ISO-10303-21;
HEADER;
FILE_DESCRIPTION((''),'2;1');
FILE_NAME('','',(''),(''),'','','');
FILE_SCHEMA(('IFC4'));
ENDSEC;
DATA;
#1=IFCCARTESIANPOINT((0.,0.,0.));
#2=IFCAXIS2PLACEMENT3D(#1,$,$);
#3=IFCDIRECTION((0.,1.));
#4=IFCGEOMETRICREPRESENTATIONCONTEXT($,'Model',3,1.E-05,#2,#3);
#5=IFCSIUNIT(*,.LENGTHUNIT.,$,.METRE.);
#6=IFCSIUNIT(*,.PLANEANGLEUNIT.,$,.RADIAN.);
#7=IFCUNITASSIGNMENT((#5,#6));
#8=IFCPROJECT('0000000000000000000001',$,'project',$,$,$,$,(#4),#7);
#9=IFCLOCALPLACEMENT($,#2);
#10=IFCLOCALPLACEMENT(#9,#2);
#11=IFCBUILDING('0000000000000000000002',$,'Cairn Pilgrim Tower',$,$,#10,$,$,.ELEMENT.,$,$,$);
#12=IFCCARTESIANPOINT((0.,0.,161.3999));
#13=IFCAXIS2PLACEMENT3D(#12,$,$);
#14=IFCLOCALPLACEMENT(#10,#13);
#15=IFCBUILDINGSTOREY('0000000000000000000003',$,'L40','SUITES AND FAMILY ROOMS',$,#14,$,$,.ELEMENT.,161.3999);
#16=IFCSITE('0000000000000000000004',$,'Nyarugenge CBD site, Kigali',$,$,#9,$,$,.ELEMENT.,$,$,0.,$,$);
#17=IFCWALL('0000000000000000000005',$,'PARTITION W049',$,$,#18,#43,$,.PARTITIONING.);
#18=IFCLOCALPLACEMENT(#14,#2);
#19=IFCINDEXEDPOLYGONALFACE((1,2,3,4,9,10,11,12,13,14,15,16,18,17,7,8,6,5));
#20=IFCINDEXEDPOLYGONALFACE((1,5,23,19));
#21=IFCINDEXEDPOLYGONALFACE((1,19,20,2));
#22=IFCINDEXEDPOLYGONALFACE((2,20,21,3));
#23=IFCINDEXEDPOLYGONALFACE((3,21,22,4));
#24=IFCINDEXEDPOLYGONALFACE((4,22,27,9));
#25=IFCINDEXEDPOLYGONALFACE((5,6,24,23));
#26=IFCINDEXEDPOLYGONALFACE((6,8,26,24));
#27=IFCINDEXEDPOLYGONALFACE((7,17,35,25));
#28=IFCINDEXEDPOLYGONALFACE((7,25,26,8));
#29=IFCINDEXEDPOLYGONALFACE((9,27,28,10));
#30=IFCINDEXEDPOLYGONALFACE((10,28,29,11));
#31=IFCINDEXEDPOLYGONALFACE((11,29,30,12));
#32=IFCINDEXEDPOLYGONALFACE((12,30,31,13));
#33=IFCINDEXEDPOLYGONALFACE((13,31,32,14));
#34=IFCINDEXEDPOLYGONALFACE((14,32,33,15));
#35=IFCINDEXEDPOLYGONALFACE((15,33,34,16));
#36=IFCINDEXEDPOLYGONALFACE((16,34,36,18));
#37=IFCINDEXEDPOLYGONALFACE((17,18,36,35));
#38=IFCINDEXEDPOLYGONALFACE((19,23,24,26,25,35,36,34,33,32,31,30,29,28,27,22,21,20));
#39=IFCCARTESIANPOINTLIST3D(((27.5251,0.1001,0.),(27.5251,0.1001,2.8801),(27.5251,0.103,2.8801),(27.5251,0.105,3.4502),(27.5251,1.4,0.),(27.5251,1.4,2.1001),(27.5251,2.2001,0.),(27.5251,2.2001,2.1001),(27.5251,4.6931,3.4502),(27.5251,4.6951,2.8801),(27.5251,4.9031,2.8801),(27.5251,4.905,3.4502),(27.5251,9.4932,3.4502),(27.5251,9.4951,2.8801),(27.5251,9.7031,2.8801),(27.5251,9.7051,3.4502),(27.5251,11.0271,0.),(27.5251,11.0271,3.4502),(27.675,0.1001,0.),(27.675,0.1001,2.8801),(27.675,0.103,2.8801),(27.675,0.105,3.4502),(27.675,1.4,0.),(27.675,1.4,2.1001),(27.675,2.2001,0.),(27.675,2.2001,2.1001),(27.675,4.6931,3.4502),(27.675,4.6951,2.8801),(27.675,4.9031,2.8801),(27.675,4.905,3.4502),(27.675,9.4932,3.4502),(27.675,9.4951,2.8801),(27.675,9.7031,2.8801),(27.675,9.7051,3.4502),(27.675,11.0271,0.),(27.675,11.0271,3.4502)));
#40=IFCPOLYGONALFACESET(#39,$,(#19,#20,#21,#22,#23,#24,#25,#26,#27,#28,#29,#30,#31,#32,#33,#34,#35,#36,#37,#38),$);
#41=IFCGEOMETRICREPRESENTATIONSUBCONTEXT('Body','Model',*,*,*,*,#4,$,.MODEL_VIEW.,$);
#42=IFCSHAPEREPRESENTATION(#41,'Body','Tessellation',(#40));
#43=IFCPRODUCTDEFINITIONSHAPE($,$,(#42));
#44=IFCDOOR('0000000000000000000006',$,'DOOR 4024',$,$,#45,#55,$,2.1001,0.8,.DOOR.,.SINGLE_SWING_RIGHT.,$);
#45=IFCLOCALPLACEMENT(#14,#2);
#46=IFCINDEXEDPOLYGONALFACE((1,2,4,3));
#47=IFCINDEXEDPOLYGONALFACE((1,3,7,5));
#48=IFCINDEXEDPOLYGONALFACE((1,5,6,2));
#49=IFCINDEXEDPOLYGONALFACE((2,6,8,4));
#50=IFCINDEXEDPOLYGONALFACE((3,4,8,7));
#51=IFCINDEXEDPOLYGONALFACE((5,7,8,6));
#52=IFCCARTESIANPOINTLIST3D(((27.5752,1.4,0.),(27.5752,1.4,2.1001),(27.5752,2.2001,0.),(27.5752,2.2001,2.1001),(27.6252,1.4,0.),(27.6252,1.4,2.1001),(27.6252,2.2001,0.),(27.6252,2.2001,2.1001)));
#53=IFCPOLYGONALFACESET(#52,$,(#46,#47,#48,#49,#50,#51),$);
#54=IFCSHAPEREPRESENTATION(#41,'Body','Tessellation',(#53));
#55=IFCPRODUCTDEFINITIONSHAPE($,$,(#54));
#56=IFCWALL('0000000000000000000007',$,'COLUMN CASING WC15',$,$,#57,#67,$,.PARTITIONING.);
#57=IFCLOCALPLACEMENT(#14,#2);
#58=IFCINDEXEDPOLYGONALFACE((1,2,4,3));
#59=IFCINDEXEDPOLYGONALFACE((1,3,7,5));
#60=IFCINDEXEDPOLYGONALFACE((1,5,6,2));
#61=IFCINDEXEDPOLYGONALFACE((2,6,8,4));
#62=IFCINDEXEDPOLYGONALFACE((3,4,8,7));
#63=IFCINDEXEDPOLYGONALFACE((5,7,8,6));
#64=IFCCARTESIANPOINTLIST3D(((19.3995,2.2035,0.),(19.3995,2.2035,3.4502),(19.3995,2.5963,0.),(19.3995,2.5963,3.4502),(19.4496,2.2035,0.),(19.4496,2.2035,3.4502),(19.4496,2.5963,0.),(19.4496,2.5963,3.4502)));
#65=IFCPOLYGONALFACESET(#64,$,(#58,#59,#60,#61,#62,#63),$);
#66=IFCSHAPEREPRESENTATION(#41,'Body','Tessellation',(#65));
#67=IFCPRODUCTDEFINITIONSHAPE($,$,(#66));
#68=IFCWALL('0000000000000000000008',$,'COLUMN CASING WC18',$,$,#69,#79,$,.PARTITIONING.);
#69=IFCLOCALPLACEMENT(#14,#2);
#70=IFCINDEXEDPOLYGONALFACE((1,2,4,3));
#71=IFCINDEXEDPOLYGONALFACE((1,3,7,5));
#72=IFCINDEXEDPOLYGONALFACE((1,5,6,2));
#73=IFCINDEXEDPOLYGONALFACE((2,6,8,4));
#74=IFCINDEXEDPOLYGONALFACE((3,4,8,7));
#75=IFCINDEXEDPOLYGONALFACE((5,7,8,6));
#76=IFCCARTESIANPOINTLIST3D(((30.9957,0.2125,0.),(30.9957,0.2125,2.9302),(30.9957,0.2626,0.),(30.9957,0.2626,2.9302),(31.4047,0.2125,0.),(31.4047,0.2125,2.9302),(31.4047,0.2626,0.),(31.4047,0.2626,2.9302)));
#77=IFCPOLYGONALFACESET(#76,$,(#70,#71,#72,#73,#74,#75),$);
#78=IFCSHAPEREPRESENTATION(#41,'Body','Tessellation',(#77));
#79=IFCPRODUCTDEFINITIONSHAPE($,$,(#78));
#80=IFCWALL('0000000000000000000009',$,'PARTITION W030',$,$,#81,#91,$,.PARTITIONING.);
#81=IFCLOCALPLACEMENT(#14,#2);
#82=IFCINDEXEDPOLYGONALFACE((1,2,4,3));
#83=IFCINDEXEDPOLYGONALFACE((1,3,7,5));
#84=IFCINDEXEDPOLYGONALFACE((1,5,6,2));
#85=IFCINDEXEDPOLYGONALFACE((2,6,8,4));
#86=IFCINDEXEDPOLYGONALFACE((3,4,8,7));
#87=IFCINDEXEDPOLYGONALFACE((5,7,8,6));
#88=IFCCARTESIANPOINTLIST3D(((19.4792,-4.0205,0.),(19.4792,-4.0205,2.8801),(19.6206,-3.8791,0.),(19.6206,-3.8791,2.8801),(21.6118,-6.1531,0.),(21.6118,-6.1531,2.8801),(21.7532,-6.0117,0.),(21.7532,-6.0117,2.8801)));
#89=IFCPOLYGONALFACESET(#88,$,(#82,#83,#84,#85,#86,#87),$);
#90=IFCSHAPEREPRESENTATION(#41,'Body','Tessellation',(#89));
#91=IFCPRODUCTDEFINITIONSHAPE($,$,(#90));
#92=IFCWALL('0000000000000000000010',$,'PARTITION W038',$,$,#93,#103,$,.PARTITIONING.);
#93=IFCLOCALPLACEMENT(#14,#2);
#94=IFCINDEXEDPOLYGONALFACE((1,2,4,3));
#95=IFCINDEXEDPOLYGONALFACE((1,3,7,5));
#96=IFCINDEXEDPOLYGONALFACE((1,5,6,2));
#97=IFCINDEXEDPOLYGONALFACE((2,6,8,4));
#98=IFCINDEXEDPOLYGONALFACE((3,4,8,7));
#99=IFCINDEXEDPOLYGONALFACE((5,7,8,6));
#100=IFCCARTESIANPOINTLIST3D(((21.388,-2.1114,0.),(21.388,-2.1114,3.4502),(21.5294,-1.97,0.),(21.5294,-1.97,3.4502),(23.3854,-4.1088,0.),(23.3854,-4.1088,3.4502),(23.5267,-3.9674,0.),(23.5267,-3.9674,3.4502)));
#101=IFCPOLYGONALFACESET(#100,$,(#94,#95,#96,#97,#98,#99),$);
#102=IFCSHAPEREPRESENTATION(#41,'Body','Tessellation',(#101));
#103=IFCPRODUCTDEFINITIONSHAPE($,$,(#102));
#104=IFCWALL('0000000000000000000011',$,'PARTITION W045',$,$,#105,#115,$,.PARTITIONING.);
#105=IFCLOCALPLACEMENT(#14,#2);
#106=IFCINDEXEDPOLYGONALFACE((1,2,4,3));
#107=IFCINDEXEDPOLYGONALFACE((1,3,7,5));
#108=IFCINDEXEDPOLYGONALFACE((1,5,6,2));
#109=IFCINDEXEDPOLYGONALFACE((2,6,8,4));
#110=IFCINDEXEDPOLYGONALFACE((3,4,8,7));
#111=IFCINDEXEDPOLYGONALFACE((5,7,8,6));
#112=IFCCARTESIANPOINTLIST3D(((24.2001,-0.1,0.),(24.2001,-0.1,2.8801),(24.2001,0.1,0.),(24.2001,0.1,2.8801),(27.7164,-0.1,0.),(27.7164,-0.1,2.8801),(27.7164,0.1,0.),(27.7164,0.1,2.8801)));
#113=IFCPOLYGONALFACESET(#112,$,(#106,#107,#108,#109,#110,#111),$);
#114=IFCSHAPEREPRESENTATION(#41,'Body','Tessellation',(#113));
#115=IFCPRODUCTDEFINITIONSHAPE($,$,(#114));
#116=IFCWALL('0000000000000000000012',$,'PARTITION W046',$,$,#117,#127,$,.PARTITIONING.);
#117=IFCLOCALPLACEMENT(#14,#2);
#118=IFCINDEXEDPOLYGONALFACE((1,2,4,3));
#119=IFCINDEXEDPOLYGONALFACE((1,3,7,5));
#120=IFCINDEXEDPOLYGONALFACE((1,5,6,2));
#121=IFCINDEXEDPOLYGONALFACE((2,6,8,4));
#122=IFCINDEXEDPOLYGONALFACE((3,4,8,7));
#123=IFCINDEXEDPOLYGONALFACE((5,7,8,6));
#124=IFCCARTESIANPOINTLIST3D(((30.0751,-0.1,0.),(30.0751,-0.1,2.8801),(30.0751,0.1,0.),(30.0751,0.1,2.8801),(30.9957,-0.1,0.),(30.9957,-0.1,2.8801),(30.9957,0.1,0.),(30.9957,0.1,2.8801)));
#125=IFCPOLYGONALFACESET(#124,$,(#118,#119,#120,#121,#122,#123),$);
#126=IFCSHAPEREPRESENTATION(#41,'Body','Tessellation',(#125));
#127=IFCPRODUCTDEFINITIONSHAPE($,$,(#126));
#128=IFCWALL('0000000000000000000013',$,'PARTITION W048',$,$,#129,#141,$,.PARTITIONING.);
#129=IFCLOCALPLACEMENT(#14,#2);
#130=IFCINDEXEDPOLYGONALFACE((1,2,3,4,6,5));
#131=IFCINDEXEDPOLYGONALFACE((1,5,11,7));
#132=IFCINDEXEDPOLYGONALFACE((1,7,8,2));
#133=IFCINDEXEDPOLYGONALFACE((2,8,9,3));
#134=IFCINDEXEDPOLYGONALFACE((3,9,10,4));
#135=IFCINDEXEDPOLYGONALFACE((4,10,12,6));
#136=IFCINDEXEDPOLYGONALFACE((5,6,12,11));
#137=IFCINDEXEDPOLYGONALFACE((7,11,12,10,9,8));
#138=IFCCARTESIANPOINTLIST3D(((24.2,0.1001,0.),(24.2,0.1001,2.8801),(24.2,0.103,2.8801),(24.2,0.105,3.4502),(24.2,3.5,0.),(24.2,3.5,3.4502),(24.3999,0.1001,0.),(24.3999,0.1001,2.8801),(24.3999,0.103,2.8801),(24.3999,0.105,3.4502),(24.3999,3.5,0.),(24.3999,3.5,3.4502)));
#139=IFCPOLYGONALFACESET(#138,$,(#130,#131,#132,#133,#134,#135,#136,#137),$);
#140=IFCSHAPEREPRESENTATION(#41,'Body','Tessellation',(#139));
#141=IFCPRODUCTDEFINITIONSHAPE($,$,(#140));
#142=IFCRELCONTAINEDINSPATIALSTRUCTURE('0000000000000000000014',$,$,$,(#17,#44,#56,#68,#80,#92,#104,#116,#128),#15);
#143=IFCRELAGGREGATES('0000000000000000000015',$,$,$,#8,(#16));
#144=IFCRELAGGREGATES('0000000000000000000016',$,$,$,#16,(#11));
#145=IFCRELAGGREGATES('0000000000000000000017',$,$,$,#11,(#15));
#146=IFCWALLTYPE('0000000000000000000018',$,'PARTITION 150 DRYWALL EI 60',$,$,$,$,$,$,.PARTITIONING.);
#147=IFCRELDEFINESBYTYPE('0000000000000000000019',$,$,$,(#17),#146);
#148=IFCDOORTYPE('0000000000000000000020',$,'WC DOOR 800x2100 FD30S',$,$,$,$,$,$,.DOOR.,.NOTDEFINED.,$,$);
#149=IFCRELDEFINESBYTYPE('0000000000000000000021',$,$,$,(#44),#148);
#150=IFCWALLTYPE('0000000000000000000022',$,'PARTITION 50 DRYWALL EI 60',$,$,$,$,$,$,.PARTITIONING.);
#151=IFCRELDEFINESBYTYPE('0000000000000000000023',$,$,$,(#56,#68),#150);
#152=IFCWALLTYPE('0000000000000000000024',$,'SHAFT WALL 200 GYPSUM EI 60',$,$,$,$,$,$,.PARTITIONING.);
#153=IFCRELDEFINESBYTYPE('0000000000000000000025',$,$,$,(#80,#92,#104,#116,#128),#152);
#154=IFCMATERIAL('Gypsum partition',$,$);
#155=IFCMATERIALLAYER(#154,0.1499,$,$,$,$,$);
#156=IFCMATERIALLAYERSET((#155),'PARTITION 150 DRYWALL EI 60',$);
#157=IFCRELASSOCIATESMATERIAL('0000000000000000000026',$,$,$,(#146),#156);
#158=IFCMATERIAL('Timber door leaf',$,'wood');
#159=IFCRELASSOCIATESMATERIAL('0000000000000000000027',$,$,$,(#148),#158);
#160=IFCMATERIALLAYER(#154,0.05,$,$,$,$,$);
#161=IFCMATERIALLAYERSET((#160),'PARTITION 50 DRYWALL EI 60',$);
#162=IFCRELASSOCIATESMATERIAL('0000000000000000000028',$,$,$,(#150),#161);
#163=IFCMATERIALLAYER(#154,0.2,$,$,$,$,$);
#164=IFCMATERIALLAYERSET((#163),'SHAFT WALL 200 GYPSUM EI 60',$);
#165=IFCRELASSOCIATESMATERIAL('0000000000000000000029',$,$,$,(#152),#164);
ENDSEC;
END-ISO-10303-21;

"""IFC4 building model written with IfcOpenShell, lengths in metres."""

from ifc_helpers import new_model, si_unit, direction, frame, frame_2d, origin, place, context, subcontext, project, spatial, polyline, rectangle, outline, extrude, material, layer, layer_set, type_object, element, fill, save


model = new_model("IFC4")

# Units and contexts
model_context = context("Model", 3, precision=1e-05, world=origin(), true_north=direction((0.0, 1.0)))
body_context = subcontext(model_context, "Body", "Model", "MODEL_VIEW")
ifc_project = project(units=[si_unit("LENGTHUNIT", "METRE"), si_unit("PLANEANGLEUNIT", "RADIAN")], contexts=[model_context])

# Site, building, storey
site_placement = place(None, origin())
site = spatial("IfcSite", under=ifc_project, at=site_placement, Name="Nyarugenge CBD site, Kigali", CompositionType="ELEMENT", RefElevation=0.0)
building_placement = place(site_placement, origin())
building = spatial("IfcBuilding", under=site, at=building_placement, Name="Cairn Pilgrim Tower", CompositionType="ELEMENT")
storey_placement = place(building_placement, frame((0.0, 0.0, 161.3999)))
storey = spatial("IfcBuildingStorey", under=building, at=storey_placement, Name="L40", Description="SUITES AND FAMILY ROOMS", CompositionType="ELEMENT", Elevation=161.3999)

# Shared definitions
ifc_material_1 = material(Name="Gypsum partition")

# Shared definitions
ifc_layer_1 = layer(ifc_material_1, 0.1499)
ifc_layer_set_1 = layer_set([ifc_layer_1], Name="PARTITION 150 DRYWALL EI 60")
wall_type_1 = type_object("IfcWallType", Name="PARTITION 150 DRYWALL EI 60", PredefinedType="PARTITIONING", material=ifc_layer_set_1)
ifc_material_2 = material(Name="Timber door leaf", Category="wood")

# Shared definitions
door_type_1 = type_object("IfcDoorType", Name="WC DOOR 800x2100 FD30S", OperationType="NOTDEFINED", PredefinedType="DOOR", material=ifc_material_2)

# Wall, opening, door
wall_1_placement = place(storey_placement, frame((27.6001, 0.1001, 0.0), z_axis=(0.0, 0.0, 1.0), x_axis=(0.0, 1.0, 0.0)))
wall_1 = element("IfcWall", 1, at=wall_1_placement, inside=storey, type_object=wall_type_1, Name="PARTITION W049", PredefinedType="PARTITIONING", context=body_context, shape_type="SweptSolid", body=[
    extrude(outline(polyline([(0.0, 0.0), (10.927, 0.0), (10.927, 3.4502), (9.605, 3.4502), (9.603, 2.8801), (9.395, 2.8801), (9.3931, 3.4502), (4.8049, 3.4502), (4.803, 2.8801), (4.595, 2.8801), (4.593, 3.4502), (0.0049, 3.4502), (0.0029, 2.8801), (0.0, 2.8801), (0.0, 0.0)])), frame((0.0, 0.075, 0.0), z_axis=(0.0, -1.0, 0.0), x_axis=(1.0, 0.0, 0.0)), (0.0, 0.0, 1.0), 0.1499),
])
opening_1_placement = place(wall_1_placement, frame((1.3, 0.0, 0.0)))
opening_1 = element("IfcOpeningElement", 2, at=opening_1_placement, cuts=wall_1, PredefinedType="OPENING", context=body_context, shape_type="SweptSolid", body=[
    extrude(rectangle(XDim=0.8, YDim=2.1001, at=frame_2d((0.3999, 1.05))), frame((0.0, 0.085, 0.0), z_axis=(0.0, -1.0, 0.0), x_axis=(1.0, 0.0, 0.0)), (0.0, 0.0, 1.0), 0.1699),
])
door_1_placement = place(opening_1_placement, origin())
door_1 = element("IfcDoor", 3, at=door_1_placement, inside=storey, type_object=door_type_1, Name="DOOR 4024", OperationType="SINGLE_SWING_RIGHT", OverallHeight=2.1001, OverallWidth=0.8, PredefinedType="DOOR", context=body_context, shape_type="SweptSolid", body=[
    extrude(rectangle(XDim=0.8, YDim=2.1001, at=frame_2d((0.3999, 1.05))), frame((0.0, 0.0249, 0.0), z_axis=(0.0, -1.0, 0.0), x_axis=(1.0, 0.0, 0.0)), (0.0, 0.0, 1.0), 0.05),
])
fill(opening_1, door_1)

# Walls
ifc_layer_2 = layer(ifc_material_1, 0.05)
ifc_layer_set_2 = layer_set([ifc_layer_2], Name="PARTITION 50 DRYWALL EI 60")
wall_type_2 = type_object("IfcWallType", Name="PARTITION 50 DRYWALL EI 60", PredefinedType="PARTITIONING", material=ifc_layer_set_2)
wall_2_placement = place(storey_placement, frame((19.4246, 2.2036, 0.0), z_axis=(0.0, 0.0, 1.0), x_axis=(0.0, 1.0, 0.0)))
element("IfcWall", 4, at=wall_2_placement, inside=storey, type_object=wall_type_2, Name="COLUMN CASING WC15", PredefinedType="PARTITIONING", context=body_context, shape_type="SweptSolid", body=[
    extrude(rectangle(XDim=0.3928, YDim=0.05, at=frame_2d((0.1963, 0.0))), origin(), (0.0, 0.0, 1.0), 3.4502),
])
wall_3_placement = place(storey_placement, frame((30.9956, 0.2375, 0.0), z_axis=(0.0, 0.0, 1.0), x_axis=(1.0, 0.0, 0.0)))
element("IfcWall", 5, at=wall_3_placement, inside=storey, type_object=wall_type_2, Name="COLUMN CASING WC18", PredefinedType="PARTITIONING", context=body_context, shape_type="SweptSolid", body=[
    extrude(rectangle(XDim=0.4089, YDim=0.05, at=frame_2d((0.2046, 0.0))), origin(), (0.0, 0.0, 1.0), 2.9302),
])
ifc_layer_3 = layer(ifc_material_1, 0.2)
ifc_layer_set_3 = layer_set([ifc_layer_3], Name="SHAFT WALL 200 GYPSUM EI 60")
wall_type_3 = type_object("IfcWallType", Name="SHAFT WALL 200 GYPSUM EI 60", PredefinedType="PARTITIONING", material=ifc_layer_set_3)
wall_4_placement = place(storey_placement, frame((21.6824, -6.0823, 0.0), z_axis=(0.0, 0.0, 1.0), x_axis=(-0.707107, 0.707107, 0.0)))
element("IfcWall", 6, at=wall_4_placement, inside=storey, type_object=wall_type_3, Name="PARTITION W030", PredefinedType="PARTITIONING", context=body_context, shape_type="SweptSolid", body=[
    extrude(rectangle(XDim=3.0159, YDim=0.2, at=frame_2d((1.5078, 0.0))), origin(), (0.0, 0.0, 1.0), 2.8801),
])
wall_5_placement = place(storey_placement, frame((23.4561, -4.0381, 0.0), z_axis=(0.0, 0.0, 1.0), x_axis=(-0.707107, 0.707107, 0.0)))
element("IfcWall", 7, at=wall_5_placement, inside=storey, type_object=wall_type_3, Name="PARTITION W038", PredefinedType="PARTITIONING", context=body_context, shape_type="SweptSolid", body=[
    extrude(rectangle(XDim=2.8247, YDim=0.2, at=frame_2d((1.4124, 0.0))), origin(), (0.0, 0.0, 1.0), 3.4502),
])
wall_6_placement = place(storey_placement, frame((24.2, 0.0, 0.0), z_axis=(0.0, 0.0, 1.0), x_axis=(1.0, 0.0, 0.0)))
element("IfcWall", 8, at=wall_6_placement, inside=storey, type_object=wall_type_3, Name="PARTITION W045", PredefinedType="PARTITIONING", context=body_context, shape_type="SweptSolid", body=[
    extrude(rectangle(XDim=3.5164, YDim=0.2, at=frame_2d((1.7583, 0.0))), origin(), (0.0, 0.0, 1.0), 2.8801),
])
wall_7_placement = place(storey_placement, frame((30.075, 0.0, 0.0), z_axis=(0.0, 0.0, 1.0), x_axis=(1.0, 0.0, 0.0)))
element("IfcWall", 9, at=wall_7_placement, inside=storey, type_object=wall_type_3, Name="PARTITION W046", PredefinedType="PARTITIONING", context=body_context, shape_type="SweptSolid", body=[
    extrude(rectangle(XDim=0.9207, YDim=0.2, at=frame_2d((0.4604, 0.0))), origin(), (0.0, 0.0, 1.0), 2.8801),
])
wall_8_placement = place(storey_placement, frame((24.3, 0.1001, 0.0), z_axis=(0.0, 0.0, 1.0), x_axis=(0.0, 1.0, 0.0)))
element("IfcWall", 10, at=wall_8_placement, inside=storey, type_object=wall_type_3, Name="PARTITION W048", PredefinedType="PARTITIONING", context=body_context, shape_type="SweptSolid", body=[
    extrude(outline(polyline([(0.0, 0.0), (3.3999, 0.0), (3.3999, 3.4502), (0.0049, 3.4502), (0.0029, 2.8801), (0.0, 2.8801), (0.0, 0.0)])), frame((0.0, 0.1001, 0.0), z_axis=(0.0, -1.0, 0.0), x_axis=(1.0, 0.0, 0.0)), (0.0, 0.0, 1.0), 0.2),
])

save(model, "model.ifc")
